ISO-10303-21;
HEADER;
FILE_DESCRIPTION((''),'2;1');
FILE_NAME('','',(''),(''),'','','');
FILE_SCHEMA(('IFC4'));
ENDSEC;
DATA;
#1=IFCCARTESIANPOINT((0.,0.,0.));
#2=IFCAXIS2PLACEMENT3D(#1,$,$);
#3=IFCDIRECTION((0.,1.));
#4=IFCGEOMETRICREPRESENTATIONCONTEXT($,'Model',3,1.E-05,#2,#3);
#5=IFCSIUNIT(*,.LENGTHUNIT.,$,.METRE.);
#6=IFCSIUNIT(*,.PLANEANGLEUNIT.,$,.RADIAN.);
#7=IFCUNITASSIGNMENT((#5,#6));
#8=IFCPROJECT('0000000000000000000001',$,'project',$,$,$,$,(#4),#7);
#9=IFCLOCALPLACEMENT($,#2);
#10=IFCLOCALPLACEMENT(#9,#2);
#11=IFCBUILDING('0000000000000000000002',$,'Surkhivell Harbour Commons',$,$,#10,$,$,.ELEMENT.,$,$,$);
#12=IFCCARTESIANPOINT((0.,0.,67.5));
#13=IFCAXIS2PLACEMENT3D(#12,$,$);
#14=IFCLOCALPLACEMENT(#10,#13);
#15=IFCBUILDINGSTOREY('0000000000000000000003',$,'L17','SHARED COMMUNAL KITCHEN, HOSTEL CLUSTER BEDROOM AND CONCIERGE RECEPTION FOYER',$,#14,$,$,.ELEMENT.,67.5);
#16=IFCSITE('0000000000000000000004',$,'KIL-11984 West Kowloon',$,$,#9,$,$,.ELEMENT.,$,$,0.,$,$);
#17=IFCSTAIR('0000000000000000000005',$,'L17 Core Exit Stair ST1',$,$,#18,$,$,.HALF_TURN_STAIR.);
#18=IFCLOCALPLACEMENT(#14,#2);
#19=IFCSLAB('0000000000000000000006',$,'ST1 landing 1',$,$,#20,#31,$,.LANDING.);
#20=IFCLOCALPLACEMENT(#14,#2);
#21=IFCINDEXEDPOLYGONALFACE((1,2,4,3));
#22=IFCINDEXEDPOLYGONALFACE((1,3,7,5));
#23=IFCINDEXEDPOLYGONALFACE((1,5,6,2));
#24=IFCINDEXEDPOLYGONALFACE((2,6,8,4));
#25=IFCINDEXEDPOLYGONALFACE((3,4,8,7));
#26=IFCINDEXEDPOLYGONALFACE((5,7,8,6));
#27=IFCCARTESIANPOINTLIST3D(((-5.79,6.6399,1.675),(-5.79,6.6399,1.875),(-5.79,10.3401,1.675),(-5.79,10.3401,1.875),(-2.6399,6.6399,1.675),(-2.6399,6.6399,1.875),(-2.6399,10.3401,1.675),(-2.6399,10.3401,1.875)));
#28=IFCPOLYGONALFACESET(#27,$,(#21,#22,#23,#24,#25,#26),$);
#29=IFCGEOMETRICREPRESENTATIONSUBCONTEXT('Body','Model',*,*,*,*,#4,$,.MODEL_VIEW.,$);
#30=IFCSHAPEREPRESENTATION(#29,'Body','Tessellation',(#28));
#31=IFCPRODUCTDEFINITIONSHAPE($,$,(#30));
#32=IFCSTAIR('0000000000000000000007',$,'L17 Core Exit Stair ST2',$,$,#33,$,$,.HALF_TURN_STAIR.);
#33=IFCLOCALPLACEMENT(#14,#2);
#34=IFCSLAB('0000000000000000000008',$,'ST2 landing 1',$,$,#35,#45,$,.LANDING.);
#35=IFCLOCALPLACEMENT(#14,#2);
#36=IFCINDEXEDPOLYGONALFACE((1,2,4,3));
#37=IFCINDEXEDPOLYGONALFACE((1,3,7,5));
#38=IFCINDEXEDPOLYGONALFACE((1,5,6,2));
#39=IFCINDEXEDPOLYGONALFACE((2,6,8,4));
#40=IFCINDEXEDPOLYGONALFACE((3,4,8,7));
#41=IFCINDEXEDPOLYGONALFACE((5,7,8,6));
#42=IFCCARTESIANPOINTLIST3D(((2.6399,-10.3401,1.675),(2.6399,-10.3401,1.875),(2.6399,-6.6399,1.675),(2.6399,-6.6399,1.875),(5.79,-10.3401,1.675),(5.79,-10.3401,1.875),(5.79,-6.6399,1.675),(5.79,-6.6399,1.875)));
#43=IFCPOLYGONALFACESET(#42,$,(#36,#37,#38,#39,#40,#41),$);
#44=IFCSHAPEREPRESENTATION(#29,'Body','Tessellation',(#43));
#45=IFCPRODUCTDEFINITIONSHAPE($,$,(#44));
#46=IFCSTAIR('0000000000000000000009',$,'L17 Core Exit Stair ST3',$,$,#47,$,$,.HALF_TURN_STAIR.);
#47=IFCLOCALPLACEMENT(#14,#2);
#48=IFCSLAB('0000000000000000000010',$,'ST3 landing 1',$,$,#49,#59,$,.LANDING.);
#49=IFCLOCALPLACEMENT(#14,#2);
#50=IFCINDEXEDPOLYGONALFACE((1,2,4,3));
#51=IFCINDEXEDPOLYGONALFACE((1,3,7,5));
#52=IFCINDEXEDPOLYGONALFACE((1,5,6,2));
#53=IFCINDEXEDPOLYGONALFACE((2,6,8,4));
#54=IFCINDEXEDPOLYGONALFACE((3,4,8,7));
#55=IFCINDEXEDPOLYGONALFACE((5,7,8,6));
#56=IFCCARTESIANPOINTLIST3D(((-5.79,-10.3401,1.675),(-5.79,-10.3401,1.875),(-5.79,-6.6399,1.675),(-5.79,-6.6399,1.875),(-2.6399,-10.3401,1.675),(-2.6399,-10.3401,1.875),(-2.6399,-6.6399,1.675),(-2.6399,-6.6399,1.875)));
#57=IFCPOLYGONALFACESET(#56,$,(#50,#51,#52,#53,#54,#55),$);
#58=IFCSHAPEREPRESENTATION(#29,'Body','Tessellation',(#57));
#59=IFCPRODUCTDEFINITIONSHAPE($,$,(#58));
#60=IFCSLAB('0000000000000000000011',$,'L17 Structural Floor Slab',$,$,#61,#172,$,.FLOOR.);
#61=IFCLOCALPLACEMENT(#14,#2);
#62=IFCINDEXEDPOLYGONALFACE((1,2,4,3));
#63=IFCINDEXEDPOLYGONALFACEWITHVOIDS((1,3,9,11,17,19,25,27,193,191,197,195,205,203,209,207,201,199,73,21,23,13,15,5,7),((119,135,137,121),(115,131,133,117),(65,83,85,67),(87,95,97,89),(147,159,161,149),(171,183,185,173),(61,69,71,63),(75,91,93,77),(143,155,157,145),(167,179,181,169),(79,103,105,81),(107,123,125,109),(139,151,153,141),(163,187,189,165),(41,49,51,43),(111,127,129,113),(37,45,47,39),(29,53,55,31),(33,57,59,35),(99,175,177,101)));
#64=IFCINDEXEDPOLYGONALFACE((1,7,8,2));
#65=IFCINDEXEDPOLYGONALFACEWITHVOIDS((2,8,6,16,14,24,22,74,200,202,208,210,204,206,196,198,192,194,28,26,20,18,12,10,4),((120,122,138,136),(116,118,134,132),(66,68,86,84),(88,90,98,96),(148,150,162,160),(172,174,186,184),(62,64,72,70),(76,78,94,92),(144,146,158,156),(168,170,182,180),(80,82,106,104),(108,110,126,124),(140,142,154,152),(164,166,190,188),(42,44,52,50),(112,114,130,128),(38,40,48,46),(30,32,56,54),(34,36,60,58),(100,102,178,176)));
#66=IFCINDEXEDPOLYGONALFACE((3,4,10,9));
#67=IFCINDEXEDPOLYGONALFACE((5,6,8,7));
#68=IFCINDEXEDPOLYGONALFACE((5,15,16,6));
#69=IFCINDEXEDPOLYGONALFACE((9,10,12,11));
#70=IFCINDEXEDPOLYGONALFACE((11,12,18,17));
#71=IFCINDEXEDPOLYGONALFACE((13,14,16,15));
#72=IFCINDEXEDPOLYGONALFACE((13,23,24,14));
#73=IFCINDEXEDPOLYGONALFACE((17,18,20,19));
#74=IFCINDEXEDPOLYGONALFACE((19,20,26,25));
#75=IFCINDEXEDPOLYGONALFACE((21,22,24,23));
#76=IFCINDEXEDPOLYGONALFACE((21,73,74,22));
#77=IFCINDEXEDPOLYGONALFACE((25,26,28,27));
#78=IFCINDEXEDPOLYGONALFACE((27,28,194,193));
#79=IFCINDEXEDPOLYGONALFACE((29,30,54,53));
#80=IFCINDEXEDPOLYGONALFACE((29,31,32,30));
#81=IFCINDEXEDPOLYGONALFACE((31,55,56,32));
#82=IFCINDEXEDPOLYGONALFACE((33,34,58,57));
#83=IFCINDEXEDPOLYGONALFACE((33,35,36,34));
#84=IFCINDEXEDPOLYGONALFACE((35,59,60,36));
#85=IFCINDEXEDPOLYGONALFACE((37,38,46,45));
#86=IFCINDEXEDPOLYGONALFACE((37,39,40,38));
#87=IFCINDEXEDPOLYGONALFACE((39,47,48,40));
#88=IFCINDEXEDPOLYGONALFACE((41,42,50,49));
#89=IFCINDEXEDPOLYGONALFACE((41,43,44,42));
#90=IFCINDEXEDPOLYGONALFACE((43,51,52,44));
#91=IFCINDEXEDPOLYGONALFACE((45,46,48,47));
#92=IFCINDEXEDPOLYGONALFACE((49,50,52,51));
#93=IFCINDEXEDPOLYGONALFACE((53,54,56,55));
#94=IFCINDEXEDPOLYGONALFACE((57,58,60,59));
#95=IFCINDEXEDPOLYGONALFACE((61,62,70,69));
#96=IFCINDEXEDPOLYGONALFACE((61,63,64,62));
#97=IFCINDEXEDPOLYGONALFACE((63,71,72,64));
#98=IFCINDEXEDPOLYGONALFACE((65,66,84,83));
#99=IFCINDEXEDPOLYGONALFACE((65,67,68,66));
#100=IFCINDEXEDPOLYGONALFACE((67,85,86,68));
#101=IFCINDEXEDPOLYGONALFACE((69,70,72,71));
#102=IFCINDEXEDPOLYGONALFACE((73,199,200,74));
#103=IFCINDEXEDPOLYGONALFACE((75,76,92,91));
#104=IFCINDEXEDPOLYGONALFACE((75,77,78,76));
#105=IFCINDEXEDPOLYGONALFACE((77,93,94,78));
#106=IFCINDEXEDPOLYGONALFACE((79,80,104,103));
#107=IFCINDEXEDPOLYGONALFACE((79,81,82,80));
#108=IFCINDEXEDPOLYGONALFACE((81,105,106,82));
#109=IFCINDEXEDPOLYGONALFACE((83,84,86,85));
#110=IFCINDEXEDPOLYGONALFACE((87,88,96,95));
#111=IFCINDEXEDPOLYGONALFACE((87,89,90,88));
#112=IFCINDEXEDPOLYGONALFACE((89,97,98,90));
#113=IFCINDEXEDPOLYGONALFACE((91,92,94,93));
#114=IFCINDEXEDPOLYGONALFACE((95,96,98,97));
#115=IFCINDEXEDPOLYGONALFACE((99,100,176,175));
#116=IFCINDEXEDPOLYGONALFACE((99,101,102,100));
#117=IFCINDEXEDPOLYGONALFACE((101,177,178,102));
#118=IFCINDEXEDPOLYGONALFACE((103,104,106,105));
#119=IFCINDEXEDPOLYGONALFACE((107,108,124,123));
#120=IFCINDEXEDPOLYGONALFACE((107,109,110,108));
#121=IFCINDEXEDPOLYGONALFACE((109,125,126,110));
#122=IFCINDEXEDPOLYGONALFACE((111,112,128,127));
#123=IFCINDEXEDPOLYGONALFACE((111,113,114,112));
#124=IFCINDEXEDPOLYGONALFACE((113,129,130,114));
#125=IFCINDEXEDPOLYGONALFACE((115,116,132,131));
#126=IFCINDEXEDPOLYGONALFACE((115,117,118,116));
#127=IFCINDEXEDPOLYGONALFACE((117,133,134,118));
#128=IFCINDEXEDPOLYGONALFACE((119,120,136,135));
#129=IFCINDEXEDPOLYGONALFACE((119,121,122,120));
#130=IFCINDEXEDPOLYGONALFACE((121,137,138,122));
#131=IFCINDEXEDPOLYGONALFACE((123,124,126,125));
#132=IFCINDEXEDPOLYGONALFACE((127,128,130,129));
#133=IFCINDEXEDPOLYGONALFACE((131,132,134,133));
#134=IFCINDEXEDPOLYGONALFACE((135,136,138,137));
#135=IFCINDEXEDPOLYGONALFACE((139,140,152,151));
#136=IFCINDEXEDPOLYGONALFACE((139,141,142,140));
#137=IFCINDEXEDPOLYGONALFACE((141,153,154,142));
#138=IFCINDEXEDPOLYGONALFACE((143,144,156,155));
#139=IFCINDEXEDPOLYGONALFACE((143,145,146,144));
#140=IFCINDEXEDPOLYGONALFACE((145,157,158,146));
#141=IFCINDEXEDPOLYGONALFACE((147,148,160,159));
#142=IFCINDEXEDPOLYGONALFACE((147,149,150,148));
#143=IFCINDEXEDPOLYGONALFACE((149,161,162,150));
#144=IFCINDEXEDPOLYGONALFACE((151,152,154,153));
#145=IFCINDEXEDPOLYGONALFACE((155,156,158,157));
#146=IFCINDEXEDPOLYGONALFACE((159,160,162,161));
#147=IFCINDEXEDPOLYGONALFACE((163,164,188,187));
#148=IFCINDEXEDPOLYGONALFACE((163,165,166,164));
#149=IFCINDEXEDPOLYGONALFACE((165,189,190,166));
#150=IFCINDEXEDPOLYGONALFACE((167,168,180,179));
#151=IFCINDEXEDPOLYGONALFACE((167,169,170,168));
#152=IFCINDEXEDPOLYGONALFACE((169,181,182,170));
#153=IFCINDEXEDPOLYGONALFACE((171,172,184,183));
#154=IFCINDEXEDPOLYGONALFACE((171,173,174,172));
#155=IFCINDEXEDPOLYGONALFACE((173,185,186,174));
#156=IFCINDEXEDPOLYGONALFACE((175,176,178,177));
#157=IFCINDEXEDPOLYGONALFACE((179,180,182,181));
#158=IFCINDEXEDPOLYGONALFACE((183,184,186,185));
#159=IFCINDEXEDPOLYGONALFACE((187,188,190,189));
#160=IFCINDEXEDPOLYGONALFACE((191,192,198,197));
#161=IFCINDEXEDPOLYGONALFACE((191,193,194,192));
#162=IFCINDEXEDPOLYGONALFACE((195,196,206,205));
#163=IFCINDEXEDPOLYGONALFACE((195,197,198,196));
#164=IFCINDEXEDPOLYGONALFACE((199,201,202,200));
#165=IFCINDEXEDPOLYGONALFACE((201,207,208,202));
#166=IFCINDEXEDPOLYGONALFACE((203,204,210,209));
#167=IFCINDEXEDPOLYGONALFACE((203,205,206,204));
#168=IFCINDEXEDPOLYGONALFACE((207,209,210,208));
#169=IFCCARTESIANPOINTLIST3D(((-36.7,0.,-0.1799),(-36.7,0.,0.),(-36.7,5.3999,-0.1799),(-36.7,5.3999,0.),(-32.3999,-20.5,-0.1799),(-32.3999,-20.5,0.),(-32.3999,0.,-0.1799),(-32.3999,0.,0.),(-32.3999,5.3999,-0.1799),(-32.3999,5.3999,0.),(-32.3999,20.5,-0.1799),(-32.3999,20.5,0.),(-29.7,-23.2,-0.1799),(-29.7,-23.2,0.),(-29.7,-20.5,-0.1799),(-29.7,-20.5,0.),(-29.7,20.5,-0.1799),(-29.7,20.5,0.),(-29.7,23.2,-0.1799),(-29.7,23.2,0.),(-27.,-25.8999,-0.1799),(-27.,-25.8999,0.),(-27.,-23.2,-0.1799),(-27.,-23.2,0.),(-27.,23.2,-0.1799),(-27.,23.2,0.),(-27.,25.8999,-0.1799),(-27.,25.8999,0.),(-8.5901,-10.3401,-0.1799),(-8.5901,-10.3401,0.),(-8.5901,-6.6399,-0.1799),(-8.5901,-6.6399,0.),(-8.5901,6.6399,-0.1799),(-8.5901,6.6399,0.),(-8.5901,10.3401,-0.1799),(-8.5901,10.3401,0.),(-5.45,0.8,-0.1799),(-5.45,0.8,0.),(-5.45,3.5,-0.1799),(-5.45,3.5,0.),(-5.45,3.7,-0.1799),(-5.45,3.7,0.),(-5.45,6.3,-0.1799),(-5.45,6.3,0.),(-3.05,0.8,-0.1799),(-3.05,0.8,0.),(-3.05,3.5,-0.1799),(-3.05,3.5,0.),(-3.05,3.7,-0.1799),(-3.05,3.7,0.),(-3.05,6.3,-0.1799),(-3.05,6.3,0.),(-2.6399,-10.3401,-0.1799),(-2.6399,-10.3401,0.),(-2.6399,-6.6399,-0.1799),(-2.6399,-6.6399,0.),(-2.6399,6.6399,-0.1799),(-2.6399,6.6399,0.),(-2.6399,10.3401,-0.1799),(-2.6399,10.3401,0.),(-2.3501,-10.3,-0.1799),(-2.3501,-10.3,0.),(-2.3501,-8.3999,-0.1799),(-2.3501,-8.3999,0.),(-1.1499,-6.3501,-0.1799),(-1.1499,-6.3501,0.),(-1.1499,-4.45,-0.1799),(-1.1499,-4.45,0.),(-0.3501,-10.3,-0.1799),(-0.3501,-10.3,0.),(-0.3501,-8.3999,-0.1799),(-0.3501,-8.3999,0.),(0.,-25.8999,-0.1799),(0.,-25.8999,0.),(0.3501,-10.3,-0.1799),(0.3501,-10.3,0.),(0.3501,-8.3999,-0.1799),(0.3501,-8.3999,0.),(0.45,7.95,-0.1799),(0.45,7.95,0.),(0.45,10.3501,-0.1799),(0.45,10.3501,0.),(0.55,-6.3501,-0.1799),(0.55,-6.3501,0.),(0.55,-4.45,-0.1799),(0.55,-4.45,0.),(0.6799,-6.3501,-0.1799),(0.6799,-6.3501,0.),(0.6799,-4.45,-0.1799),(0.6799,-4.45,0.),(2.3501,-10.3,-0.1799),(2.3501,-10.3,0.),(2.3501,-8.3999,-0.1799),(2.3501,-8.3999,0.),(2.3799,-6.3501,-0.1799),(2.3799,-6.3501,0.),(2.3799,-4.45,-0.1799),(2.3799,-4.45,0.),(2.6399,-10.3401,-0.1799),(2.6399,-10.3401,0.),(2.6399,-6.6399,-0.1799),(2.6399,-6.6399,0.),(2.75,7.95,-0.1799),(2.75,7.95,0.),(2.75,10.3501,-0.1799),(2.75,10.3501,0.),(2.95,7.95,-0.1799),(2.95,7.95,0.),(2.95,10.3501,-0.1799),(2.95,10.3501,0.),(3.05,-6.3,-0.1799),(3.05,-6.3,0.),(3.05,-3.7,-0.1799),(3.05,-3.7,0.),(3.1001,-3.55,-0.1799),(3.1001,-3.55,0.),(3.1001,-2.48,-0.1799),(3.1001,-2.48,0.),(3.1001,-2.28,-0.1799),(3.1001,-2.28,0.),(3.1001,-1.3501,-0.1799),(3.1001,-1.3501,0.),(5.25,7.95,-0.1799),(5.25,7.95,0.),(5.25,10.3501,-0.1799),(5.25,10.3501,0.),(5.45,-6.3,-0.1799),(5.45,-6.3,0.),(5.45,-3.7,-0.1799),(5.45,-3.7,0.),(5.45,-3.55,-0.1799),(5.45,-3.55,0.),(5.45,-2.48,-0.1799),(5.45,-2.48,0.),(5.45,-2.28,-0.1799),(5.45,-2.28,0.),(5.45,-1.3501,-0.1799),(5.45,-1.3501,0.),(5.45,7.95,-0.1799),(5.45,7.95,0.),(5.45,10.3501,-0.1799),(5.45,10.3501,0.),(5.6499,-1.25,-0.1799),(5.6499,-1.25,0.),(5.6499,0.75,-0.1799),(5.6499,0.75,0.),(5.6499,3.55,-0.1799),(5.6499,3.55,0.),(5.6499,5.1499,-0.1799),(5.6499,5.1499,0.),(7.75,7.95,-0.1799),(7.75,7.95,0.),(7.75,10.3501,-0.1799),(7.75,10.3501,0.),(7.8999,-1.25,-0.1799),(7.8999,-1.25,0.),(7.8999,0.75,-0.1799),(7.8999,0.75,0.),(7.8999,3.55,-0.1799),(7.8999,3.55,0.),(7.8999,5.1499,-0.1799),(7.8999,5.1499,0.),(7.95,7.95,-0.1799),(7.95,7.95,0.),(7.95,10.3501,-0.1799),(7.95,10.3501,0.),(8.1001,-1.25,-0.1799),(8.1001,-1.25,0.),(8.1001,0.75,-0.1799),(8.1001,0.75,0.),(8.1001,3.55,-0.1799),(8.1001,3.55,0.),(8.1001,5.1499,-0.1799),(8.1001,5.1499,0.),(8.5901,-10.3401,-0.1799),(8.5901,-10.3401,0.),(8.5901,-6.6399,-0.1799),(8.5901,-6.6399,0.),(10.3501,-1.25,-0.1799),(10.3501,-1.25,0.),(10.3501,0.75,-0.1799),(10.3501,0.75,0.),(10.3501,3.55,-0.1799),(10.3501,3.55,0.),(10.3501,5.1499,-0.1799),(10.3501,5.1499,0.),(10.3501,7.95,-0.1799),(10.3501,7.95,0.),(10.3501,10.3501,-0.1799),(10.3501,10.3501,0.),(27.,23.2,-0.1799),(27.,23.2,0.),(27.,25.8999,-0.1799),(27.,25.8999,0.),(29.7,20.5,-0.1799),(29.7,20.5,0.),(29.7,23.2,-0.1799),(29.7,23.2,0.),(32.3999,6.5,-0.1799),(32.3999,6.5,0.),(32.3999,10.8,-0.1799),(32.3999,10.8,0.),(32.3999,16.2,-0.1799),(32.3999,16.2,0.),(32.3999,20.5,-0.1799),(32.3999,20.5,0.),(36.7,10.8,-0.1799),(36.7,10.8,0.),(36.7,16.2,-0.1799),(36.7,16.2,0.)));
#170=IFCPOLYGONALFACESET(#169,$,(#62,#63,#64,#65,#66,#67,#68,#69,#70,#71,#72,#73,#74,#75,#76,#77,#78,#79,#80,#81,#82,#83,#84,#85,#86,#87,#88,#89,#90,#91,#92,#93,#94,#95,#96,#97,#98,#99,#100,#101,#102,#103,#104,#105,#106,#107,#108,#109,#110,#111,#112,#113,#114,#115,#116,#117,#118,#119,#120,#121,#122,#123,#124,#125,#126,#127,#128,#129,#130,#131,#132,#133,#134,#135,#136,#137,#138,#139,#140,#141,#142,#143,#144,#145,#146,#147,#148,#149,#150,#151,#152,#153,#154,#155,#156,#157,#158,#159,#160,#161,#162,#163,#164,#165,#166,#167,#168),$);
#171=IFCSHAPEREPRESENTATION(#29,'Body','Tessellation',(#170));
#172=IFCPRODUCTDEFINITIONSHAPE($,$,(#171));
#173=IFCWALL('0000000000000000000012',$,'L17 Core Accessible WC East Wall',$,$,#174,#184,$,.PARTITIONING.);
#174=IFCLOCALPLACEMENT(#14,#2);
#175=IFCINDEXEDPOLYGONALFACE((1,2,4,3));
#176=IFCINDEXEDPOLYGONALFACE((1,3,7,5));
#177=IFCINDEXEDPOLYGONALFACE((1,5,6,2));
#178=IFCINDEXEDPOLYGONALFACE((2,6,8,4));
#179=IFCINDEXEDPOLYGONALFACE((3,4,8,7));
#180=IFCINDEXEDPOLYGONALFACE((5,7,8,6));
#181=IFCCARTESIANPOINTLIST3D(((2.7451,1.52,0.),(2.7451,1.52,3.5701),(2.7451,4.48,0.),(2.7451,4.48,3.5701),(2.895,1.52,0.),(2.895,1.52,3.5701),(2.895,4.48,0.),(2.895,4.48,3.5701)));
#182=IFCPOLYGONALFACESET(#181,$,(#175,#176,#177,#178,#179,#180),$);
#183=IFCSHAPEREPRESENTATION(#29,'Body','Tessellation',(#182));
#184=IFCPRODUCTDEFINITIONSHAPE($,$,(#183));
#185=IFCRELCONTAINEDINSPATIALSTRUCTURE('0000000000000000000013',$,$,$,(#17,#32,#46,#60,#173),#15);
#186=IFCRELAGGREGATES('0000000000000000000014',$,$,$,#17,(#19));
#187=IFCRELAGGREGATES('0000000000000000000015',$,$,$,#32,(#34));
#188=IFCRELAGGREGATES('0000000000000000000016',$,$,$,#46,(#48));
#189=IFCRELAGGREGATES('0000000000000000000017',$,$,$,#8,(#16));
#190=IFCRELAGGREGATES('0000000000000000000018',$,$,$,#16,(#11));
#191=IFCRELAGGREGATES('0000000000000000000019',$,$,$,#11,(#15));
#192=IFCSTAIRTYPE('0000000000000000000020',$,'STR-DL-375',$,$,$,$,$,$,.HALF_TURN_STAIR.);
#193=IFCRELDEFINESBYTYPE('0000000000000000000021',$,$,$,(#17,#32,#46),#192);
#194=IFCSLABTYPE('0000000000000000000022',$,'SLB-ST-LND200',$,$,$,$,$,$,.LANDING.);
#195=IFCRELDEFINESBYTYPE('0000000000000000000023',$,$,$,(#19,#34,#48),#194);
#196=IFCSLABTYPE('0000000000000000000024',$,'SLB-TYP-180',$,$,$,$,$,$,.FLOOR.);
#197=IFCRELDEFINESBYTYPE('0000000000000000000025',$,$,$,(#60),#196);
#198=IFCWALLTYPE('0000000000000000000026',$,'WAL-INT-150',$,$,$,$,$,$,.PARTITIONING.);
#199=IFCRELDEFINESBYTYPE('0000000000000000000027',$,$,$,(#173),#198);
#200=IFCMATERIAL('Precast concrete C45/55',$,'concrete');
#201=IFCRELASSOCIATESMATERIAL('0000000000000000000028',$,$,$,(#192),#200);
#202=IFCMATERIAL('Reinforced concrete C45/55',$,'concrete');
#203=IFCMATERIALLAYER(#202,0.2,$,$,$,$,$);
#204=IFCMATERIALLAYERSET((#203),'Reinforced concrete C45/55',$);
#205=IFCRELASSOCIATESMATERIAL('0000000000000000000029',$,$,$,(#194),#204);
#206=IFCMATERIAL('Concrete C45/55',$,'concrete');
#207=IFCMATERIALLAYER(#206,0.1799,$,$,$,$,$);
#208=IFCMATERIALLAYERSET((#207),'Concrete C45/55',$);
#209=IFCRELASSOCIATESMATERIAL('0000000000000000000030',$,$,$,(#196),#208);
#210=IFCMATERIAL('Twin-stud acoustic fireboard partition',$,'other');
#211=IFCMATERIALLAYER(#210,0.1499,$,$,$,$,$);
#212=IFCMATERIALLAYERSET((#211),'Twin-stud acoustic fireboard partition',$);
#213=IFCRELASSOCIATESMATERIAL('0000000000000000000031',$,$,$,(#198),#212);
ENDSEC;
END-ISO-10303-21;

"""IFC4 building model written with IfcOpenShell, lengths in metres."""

from ifc_helpers import new_model, si_unit, direction, frame, frame_2d, origin, place, context, subcontext, project, spatial, polyline, rectangle, outline, extrude, material, layer, layer_set, type_object, element, aggregate, save


model = new_model("IFC4")

# Units and contexts
model_context = context("Model", 3, precision=1e-05, world=origin(), true_north=direction((0.0, 1.0)))
body_context = subcontext(model_context, "Body", "Model", "MODEL_VIEW")
ifc_project = project(units=[si_unit("LENGTHUNIT", "METRE"), si_unit("PLANEANGLEUNIT", "RADIAN")], contexts=[model_context])

# Site, building, storey
site_placement = place(None, origin())
site = spatial("IfcSite", under=ifc_project, at=site_placement, Name="KIL-11984 West Kowloon", CompositionType="ELEMENT", RefElevation=0.0)
building_placement = place(site_placement, origin())
building = spatial("IfcBuilding", under=site, at=building_placement, Name="Surkhivell Harbour Commons", CompositionType="ELEMENT")
storey_placement = place(building_placement, frame((0.0, 0.0, 67.5)))
storey = spatial("IfcBuildingStorey", under=building, at=storey_placement, Name="L17", Description="SHARED COMMUNAL KITCHEN, HOSTEL CLUSTER BEDROOM AND CONCIERGE RECEPTION FOYER", CompositionType="ELEMENT", Elevation=67.5)

# Stairs, slabs
ifc_material_1 = material(Name="Precast concrete C45/55", Category="concrete")
stair_type = type_object("IfcStairType", Name="STR-DL-375", PredefinedType="HALF_TURN_STAIR", material=ifc_material_1)
stair_1_placement = place(storey_placement, origin())
stair_1 = element("IfcStair", 1, at=stair_1_placement, inside=storey, type_object=stair_type, Name="L17 Core Exit Stair ST1", PredefinedType="HALF_TURN_STAIR")
ifc_material_2 = material(Name="Reinforced concrete C45/55", Category="concrete")
ifc_layer_1 = layer(ifc_material_2, 0.2)
ifc_layer_set_1 = layer_set([ifc_layer_1], Name="Reinforced concrete C45/55")
slab_type_1 = type_object("IfcSlabType", Name="SLB-ST-LND200", PredefinedType="LANDING", material=ifc_layer_set_1)
slab_1_placement = place(storey_placement, frame((0.0, 0.0, 1.675)))
slab_1 = element("IfcSlab", 2, at=slab_1_placement, type_object=slab_type_1, Name="ST1 landing 1", PredefinedType="LANDING", context=body_context, shape_type="SweptSolid", body=[
    extrude(outline(polyline([(-5.79, 6.6399), (-2.6399, 6.6399), (-2.6399, 10.3401), (-5.79, 10.3401), (-5.79, 6.6399)])), origin(), (0.0, 0.0, 1.0), 0.2),
])
aggregate(stair_1, [slab_1])
stair_2_placement = place(storey_placement, origin())
stair_2 = element("IfcStair", 3, at=stair_2_placement, inside=storey, type_object=stair_type, Name="L17 Core Exit Stair ST2", PredefinedType="HALF_TURN_STAIR")
slab_2_placement = place(storey_placement, frame((0.0, 0.0, 1.675)))
slab_2 = element("IfcSlab", 4, at=slab_2_placement, type_object=slab_type_1, Name="ST2 landing 1", PredefinedType="LANDING", context=body_context, shape_type="SweptSolid", body=[
    extrude(outline(polyline([(5.79, -6.6399), (2.6399, -6.6399), (2.6399, -10.3401), (5.79, -10.3401), (5.79, -6.6399)])), origin(), (0.0, 0.0, 1.0), 0.2),
])
aggregate(stair_2, [slab_2])
stair_3_placement = place(storey_placement, origin())
stair_3 = element("IfcStair", 5, at=stair_3_placement, inside=storey, type_object=stair_type, Name="L17 Core Exit Stair ST3", PredefinedType="HALF_TURN_STAIR")
slab_3_placement = place(storey_placement, frame((0.0, 0.0, 1.675)))
slab_3 = element("IfcSlab", 6, at=slab_3_placement, type_object=slab_type_1, Name="ST3 landing 1", PredefinedType="LANDING", context=body_context, shape_type="SweptSolid", body=[
    extrude(outline(polyline([(-5.79, -10.3401), (-2.6399, -10.3401), (-2.6399, -6.6399), (-5.79, -6.6399), (-5.79, -10.3401)])), origin(), (0.0, 0.0, 1.0), 0.2),
])
aggregate(stair_3, [slab_3])

# Slab
ifc_material_3 = material(Name="Concrete C45/55", Category="concrete")
ifc_layer_2 = layer(ifc_material_3, 0.1799)
ifc_layer_set_2 = layer_set([ifc_layer_2], Name="Concrete C45/55")
slab_type_2 = type_object("IfcSlabType", Name="SLB-TYP-180", PredefinedType="FLOOR", material=ifc_layer_set_2)
slab_4_placement = place(storey_placement, frame((0.0, 0.0, -0.1799)))
element("IfcSlab", 7, at=slab_4_placement, inside=storey, type_object=slab_type_2, Name="L17 Structural Floor Slab", PredefinedType="FLOOR", context=body_context, shape_type="SweptSolid", body=[
    extrude(outline(polyline([(-32.3999, 20.5), (-32.3999, 5.3999), (-36.7, 5.3999), (-36.7, 0.0), (-32.3999, 0.0), (-32.3999, -20.5), (-29.7, -20.5), (-29.7, -23.2), (-27.0, -23.2), (-27.0, -25.8999), (0.0, -25.8999), (32.3999, 6.5), (32.3999, 10.8), (36.7, 10.8), (36.7, 16.2), (32.3999, 16.2), (32.3999, 20.5), (29.7, 20.5), (29.7, 23.2), (27.0, 23.2), (27.0, 25.8999), (-27.0, 25.8999), (-27.0, 23.2), (-29.7, 23.2), (-29.7, 20.5), (-32.3999, 20.5)]), holes=[polyline([(-8.5901, 6.6399), (-2.6399, 6.6399), (-2.6399, 10.3401), (-8.5901, 10.3401), (-8.5901, 6.6399)]), polyline([(8.5901, -6.6399), (2.6399, -6.6399), (2.6399, -10.3401), (8.5901, -10.3401), (8.5901, -6.6399)]), polyline([(-8.5901, -10.3401), (-2.6399, -10.3401), (-2.6399, -6.6399), (-8.5901, -6.6399), (-8.5901, -10.3401)]), polyline([(0.45, 7.95), (2.75, 7.95), (2.75, 10.3501), (0.45, 10.3501), (0.45, 7.95)]), polyline([(2.95, 7.95), (5.25, 7.95), (5.25, 10.3501), (2.95, 10.3501), (2.95, 7.95)]), polyline([(5.45, 7.95), (7.75, 7.95), (7.75, 10.3501), (5.45, 10.3501), (5.45, 7.95)]), polyline([(7.95, 7.95), (10.3501, 7.95), (10.3501, 10.3501), (7.95, 10.3501), (7.95, 7.95)]), polyline([(5.6499, 3.55), (7.8999, 3.55), (7.8999, 5.1499), (5.6499, 5.1499), (5.6499, 3.55)]), polyline([(8.1001, 3.55), (10.3501, 3.55), (10.3501, 5.1499), (8.1001, 5.1499), (8.1001, 3.55)]), polyline([(5.6499, -1.25), (7.8999, -1.25), (7.8999, 0.75), (5.6499, 0.75), (5.6499, -1.25)]), polyline([(8.1001, -1.25), (10.3501, -1.25), (10.3501, 0.75), (8.1001, 0.75), (8.1001, -1.25)]), polyline([(-1.1499, -6.3501), (0.55, -6.3501), (0.55, -4.45), (-1.1499, -4.45), (-1.1499, -6.3501)]), polyline([(0.6799, -6.3501), (2.3799, -6.3501), (2.3799, -4.45), (0.6799, -4.45), (0.6799, -6.3501)]), polyline([(-2.3501, -10.3), (-0.3501, -10.3), (-0.3501, -8.3999), (-2.3501, -8.3999), (-2.3501, -10.3)]), polyline([(0.3501, -10.3), (2.3501, -10.3), (2.3501, -8.3999), (0.3501, -8.3999), (0.3501, -10.3)]), polyline([(-5.45, 3.7), (-3.05, 3.7), (-3.05, 6.3), (-5.45, 6.3), (-5.45, 3.7)]), polyline([(3.05, -6.3), (5.45, -6.3), (5.45, -3.7), (3.05, -3.7), (3.05, -6.3)]), polyline([(-5.45, 0.8), (-3.05, 0.8), (-3.05, 3.5), (-5.45, 3.5), (-5.45, 0.8)]), polyline([(3.1001, -3.55), (5.45, -3.55), (5.45, -2.48), (3.1001, -2.48), (3.1001, -3.55)]), polyline([(3.1001, -2.28), (5.45, -2.28), (5.45, -1.3501), (3.1001, -1.3501), (3.1001, -2.28)])]), origin(), (0.0, 0.0, 1.0), 0.1799),
])

# Wall
ifc_material_4 = material(Name="Twin-stud acoustic fireboard partition", Category="other")
ifc_layer_3 = layer(ifc_material_4, 0.1499)
ifc_layer_set_3 = layer_set([ifc_layer_3], Name="Twin-stud acoustic fireboard partition")
wall_type_1 = type_object("IfcWallType", Name="WAL-INT-150", PredefinedType="PARTITIONING", material=ifc_layer_set_3)
wall_1_placement = place(storey_placement, frame((2.8201, 1.52, 0.0), z_axis=(0.0, 0.0, 1.0), x_axis=(0.0, 1.0, 0.0)))
element("IfcWall", 8, at=wall_1_placement, inside=storey, type_object=wall_type_1, Name="L17 Core Accessible WC East Wall", PredefinedType="PARTITIONING", context=body_context, shape_type="SweptSolid", body=[
    extrude(rectangle(XDim=2.96, YDim=0.1499, at=frame_2d((1.48, 0.0))), origin(), (0.0, 0.0, 1.0), 3.5701),
])

save(model, "model.ifc")
